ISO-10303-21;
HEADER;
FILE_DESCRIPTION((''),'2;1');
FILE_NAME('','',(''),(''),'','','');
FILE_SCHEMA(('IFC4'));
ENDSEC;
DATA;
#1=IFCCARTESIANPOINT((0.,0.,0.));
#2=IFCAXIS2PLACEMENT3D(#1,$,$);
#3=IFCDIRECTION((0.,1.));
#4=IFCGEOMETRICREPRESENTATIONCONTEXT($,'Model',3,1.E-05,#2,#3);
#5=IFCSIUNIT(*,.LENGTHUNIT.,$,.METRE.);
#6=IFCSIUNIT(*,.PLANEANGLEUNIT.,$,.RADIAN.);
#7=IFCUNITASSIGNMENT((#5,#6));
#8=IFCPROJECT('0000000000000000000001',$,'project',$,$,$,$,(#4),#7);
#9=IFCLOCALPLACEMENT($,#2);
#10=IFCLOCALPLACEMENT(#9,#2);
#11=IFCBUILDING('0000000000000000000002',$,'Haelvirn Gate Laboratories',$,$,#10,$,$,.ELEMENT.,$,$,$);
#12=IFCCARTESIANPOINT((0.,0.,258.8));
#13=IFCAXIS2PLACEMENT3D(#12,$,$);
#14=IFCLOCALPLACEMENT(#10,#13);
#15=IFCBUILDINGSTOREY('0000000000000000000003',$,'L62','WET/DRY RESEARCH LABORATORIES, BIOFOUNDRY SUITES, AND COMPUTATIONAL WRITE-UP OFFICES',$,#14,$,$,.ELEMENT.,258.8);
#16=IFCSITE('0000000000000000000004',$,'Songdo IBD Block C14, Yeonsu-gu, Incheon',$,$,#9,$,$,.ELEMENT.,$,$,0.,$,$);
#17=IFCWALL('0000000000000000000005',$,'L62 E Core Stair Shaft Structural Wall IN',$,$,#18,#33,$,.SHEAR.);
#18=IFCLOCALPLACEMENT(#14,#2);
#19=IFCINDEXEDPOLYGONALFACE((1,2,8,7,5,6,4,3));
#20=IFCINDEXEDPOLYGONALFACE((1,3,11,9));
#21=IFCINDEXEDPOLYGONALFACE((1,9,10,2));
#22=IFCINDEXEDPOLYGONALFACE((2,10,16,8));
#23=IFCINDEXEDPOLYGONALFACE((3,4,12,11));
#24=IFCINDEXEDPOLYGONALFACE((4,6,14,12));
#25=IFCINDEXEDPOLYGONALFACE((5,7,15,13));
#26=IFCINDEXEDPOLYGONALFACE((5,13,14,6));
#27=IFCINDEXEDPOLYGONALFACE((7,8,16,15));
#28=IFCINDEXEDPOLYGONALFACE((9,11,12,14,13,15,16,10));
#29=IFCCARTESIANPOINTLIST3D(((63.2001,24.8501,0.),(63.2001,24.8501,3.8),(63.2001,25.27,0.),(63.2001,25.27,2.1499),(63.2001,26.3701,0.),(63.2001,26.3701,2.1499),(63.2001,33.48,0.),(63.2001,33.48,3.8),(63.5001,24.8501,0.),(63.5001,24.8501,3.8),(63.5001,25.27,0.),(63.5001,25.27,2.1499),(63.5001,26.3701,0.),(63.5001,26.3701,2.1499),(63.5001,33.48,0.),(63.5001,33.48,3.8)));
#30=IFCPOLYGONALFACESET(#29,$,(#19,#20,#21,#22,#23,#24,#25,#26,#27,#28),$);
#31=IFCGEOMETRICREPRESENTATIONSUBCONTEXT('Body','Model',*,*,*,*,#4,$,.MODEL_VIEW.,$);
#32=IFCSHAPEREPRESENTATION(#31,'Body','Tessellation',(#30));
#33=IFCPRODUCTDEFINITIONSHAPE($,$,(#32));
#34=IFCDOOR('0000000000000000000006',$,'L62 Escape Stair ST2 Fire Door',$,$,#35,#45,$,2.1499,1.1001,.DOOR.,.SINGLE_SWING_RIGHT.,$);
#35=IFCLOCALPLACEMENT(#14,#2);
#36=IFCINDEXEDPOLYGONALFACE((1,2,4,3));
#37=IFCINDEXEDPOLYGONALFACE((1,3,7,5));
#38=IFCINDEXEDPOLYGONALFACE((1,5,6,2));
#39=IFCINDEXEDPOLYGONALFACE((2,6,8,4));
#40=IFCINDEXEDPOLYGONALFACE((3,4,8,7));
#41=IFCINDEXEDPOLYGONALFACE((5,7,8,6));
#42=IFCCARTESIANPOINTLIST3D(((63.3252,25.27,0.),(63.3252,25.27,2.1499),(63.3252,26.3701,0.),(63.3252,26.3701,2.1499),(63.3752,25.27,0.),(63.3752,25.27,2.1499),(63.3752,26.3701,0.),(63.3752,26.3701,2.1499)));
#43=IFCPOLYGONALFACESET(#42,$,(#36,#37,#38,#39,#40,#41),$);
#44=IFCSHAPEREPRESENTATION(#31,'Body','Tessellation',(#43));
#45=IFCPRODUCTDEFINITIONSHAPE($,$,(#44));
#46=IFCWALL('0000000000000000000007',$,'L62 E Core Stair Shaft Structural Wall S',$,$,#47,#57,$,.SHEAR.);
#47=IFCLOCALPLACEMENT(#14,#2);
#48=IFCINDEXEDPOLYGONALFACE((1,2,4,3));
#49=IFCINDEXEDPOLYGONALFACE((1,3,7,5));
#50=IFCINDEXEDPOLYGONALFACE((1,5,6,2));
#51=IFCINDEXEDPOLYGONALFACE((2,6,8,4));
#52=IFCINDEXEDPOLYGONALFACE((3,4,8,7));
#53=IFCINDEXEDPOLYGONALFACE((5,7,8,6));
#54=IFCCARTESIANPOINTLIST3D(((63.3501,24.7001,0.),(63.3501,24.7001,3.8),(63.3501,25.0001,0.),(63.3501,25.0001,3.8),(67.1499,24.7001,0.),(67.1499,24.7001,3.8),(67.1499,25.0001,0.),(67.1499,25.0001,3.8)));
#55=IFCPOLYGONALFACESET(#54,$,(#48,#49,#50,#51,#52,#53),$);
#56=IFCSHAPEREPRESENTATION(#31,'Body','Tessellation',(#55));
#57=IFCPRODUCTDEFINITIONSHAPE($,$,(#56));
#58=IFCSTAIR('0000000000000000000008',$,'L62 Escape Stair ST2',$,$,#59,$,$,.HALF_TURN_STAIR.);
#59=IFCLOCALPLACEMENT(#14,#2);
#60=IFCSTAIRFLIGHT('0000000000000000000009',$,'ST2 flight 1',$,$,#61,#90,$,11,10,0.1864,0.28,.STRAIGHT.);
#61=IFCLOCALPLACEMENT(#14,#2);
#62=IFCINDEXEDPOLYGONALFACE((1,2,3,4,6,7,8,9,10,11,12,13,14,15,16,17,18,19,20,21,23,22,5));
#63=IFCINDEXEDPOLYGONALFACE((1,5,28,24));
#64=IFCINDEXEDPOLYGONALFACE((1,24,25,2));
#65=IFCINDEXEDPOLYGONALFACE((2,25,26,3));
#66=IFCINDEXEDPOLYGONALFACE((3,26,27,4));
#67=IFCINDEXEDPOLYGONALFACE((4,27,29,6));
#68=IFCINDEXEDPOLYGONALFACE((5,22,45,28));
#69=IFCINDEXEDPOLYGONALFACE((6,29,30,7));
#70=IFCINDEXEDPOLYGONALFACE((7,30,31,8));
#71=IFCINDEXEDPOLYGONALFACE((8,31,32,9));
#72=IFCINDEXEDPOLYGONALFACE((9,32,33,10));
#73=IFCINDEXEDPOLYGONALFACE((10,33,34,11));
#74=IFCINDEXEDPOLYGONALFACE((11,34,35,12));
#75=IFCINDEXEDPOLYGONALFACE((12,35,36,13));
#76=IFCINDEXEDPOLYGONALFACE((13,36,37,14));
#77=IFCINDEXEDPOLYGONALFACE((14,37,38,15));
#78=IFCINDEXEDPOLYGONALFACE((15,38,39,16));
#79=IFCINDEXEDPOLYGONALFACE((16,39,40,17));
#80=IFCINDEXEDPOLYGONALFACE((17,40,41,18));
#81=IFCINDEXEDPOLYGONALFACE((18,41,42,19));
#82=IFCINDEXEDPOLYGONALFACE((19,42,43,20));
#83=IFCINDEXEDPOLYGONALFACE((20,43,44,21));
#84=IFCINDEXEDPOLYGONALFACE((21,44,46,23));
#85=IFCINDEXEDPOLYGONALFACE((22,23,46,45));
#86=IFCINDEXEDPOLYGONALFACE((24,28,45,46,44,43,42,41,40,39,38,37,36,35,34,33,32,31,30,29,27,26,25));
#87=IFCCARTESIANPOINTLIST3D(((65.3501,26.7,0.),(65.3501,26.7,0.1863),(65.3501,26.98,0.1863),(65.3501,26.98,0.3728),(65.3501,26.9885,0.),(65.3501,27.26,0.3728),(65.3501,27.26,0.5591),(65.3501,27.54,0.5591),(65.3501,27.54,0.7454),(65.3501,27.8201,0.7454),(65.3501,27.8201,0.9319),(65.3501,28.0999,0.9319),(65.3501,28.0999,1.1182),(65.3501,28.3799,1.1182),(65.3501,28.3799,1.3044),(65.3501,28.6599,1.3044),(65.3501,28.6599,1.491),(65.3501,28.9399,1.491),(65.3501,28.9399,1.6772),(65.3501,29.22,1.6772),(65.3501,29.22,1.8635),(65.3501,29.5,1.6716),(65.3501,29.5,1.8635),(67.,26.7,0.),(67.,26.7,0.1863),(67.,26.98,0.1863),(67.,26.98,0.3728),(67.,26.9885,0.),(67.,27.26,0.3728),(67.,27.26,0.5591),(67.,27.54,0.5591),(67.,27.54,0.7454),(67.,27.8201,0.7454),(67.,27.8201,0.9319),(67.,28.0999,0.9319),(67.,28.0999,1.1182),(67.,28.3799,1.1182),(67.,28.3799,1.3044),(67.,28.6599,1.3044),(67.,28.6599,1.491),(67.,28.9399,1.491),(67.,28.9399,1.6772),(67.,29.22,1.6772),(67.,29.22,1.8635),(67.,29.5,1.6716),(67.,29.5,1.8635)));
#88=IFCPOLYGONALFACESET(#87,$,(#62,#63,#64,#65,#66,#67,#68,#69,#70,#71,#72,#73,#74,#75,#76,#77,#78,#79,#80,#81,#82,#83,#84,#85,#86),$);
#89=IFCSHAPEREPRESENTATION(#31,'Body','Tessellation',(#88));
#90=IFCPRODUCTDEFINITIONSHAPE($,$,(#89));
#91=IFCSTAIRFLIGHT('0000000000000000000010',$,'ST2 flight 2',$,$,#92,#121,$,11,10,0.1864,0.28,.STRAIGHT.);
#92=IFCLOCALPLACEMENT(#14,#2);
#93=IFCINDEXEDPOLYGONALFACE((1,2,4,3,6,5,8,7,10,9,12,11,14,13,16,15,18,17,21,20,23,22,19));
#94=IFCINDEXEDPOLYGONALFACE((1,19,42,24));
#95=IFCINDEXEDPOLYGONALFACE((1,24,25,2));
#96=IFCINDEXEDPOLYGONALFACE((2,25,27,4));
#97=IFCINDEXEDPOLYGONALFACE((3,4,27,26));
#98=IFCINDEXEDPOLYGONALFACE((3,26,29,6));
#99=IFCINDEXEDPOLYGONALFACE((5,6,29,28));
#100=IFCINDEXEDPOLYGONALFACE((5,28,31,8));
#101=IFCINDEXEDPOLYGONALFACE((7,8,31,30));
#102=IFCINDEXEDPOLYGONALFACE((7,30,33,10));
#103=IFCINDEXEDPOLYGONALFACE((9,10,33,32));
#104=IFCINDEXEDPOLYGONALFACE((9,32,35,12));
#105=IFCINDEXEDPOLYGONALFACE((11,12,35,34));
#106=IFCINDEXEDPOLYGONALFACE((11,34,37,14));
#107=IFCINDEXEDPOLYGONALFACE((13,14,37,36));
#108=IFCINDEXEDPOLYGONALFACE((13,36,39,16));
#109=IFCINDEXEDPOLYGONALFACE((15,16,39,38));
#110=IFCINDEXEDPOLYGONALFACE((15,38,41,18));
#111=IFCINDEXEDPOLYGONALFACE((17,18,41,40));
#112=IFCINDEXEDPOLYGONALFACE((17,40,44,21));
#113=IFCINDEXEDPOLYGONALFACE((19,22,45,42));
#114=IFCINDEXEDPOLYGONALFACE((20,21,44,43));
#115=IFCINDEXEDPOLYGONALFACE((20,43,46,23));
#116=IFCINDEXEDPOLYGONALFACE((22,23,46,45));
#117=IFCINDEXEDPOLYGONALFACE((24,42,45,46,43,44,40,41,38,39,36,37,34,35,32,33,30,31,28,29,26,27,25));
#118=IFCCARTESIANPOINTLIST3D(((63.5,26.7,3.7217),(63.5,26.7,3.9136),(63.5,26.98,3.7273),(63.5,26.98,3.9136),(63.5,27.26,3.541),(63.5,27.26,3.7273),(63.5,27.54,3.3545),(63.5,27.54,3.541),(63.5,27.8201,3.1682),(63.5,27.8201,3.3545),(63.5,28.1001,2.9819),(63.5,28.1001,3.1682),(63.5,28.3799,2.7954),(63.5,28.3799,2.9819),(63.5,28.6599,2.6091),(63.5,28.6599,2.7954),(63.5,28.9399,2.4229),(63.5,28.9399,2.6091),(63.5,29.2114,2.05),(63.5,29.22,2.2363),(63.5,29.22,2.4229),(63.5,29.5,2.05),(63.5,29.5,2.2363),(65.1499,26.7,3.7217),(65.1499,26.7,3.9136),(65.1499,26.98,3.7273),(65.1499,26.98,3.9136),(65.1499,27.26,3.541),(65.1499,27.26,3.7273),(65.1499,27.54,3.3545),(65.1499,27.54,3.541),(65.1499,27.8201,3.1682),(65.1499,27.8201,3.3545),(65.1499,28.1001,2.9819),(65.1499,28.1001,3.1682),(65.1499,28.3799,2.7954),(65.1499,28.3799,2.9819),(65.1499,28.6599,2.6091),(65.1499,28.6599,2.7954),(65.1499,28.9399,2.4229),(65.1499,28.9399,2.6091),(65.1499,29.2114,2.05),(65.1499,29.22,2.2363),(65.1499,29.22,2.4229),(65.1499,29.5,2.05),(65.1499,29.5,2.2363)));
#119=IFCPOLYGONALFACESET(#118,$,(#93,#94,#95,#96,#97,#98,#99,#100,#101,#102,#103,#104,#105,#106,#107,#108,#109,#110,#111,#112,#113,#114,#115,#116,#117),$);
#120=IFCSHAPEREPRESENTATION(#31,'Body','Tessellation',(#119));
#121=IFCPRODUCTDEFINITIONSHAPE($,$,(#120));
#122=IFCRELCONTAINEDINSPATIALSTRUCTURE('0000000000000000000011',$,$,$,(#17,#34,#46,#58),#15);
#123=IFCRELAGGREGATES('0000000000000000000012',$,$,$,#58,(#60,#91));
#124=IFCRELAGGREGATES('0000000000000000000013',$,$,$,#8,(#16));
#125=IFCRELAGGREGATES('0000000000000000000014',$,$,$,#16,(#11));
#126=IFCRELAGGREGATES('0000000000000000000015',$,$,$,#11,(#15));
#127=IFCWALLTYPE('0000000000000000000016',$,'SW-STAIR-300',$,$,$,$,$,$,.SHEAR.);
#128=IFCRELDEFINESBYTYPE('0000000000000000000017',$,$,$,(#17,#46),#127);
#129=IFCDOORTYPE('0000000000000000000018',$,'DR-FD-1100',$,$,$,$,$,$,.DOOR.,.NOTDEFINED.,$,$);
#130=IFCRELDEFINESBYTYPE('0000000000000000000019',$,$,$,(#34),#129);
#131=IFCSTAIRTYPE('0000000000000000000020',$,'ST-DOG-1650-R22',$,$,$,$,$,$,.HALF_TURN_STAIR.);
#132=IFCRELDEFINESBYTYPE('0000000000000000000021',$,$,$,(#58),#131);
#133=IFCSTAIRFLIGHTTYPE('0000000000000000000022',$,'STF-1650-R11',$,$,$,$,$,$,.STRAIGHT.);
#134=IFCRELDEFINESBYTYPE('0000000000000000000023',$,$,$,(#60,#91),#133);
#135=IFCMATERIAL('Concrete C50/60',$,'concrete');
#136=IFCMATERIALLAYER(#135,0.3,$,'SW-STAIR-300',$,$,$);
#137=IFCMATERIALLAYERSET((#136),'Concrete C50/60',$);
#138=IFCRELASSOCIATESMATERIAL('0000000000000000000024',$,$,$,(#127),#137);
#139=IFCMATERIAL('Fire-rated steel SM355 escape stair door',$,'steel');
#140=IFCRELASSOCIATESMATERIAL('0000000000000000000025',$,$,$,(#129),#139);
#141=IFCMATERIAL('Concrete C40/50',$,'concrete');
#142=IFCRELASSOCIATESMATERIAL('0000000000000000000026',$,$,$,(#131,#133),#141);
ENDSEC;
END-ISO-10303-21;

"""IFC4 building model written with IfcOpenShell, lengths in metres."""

from ifc_helpers import new_model, si_unit, direction, frame, frame_2d, origin, place, context, subcontext, project, spatial, polyline, rectangle, outline, extrude, source, transform, mapped, material, layer, layer_set, type_object, type_shapes, element, fill, aggregate, save


model = new_model("IFC4")

# Units and contexts
model_context = context("Model", 3, precision=1e-05, world=origin(), true_north=direction((0.0, 1.0)))
body_context = subcontext(model_context, "Body", "Model", "MODEL_VIEW")
ifc_project = project(units=[si_unit("LENGTHUNIT", "METRE"), si_unit("PLANEANGLEUNIT", "RADIAN")], contexts=[model_context])

# Site, building, storey
site_placement = place(None, origin())
site = spatial("IfcSite", under=ifc_project, at=site_placement, Name="Songdo IBD Block C14, Yeonsu-gu, Incheon", CompositionType="ELEMENT", RefElevation=0.0)
building_placement = place(site_placement, origin())
building = spatial("IfcBuilding", under=site, at=building_placement, Name="Haelvirn Gate Laboratories", CompositionType="ELEMENT")
storey_placement = place(building_placement, frame((0.0, 0.0, 258.8)))
storey = spatial("IfcBuildingStorey", under=building, at=storey_placement, Name="L62", Description="WET/DRY RESEARCH LABORATORIES, BIOFOUNDRY SUITES, AND COMPUTATIONAL WRITE-UP OFFICES", CompositionType="ELEMENT", Elevation=258.8)

# Shared definitions
ifc_material_1 = material(Name="Concrete C40/50", Category="concrete")

# Shared definitions
ifc_material_2 = material(Name="Concrete C50/60", Category="concrete")

# Wall, opening, door
ifc_layer_1 = layer(ifc_material_2, 0.3, Name="SW-STAIR-300")
ifc_layer_set_1 = layer_set([ifc_layer_1], Name="Concrete C50/60")
wall_type_1 = type_object("IfcWallType", Name="SW-STAIR-300", PredefinedType="SHEAR", material=ifc_layer_set_1)
wall_1_placement = place(storey_placement, frame((63.3501, 24.8501, 0.0), z_axis=(0.0, 0.0, 1.0), x_axis=(0.0, 1.0, 0.0)))
wall_1 = element("IfcWall", 1, at=wall_1_placement, inside=storey, type_object=wall_type_1, Name="L62 E Core Stair Shaft Structural Wall IN", PredefinedType="SHEAR", context=body_context, shape_type="SweptSolid", body=[
    extrude(rectangle(XDim=8.6299, YDim=0.3, at=frame_2d((4.3149, 0.0))), origin(), (0.0, 0.0, 1.0), 3.8),
])
opening_1_placement = place(wall_1_placement, frame((0.4199, 0.0, 0.0)))
opening_1 = element("IfcOpeningElement", 2, at=opening_1_placement, cuts=wall_1, PredefinedType="OPENING", context=body_context, shape_type="SweptSolid", body=[
    extrude(rectangle(XDim=1.1001, YDim=2.1499, at=frame_2d((0.55, 1.075))), frame((0.0, 0.1602, 0.0), z_axis=(0.0, -1.0, 0.0), x_axis=(1.0, 0.0, 0.0)), (0.0, 0.0, 1.0), 0.3201),
])
ifc_material_3 = material(Name="Fire-rated steel SM355 escape stair door", Category="steel")
door_type_1 = type_object("IfcDoorType", Name="DR-FD-1100", OperationType="NOTDEFINED", PredefinedType="DOOR", material=ifc_material_3)
shared_shape_1 = source(origin(), body_context, "Body", "SweptSolid", [
    extrude(rectangle(XDim=1.1001, YDim=2.1499, at=frame_2d((0.55, 1.075))), frame((0.0, 0.0249, 0.0), z_axis=(0.0, -1.0, 0.0), x_axis=(1.0, 0.0, 0.0)), (0.0, 0.0, 1.0), 0.05),
])
type_shapes(door_type_1, [shared_shape_1])
door_1_placement = place(opening_1_placement, origin())
door_1 = element("IfcDoor", 3, at=door_1_placement, inside=storey, type_object=door_type_1, Name="L62 Escape Stair ST2 Fire Door", OperationType="SINGLE_SWING_RIGHT", OverallHeight=2.1499, OverallWidth=1.1001, PredefinedType="DOOR", context=body_context, shape_type="MappedRepresentation", body=[
    mapped(shared_shape_1, transform((0.0, 0.0, 0.0), scale=1.0)),
])
fill(opening_1, door_1)

# Wall
wall_2_placement = place(storey_placement, frame((63.3501, 24.8501, 0.0), z_axis=(0.0, 0.0, 1.0), x_axis=(1.0, 0.0, 0.0)))
element("IfcWall", 4, at=wall_2_placement, inside=storey, type_object=wall_type_1, Name="L62 E Core Stair Shaft Structural Wall S", PredefinedType="SHEAR", context=body_context, shape_type="SweptSolid", body=[
    extrude(rectangle(XDim=3.7998, YDim=0.3, at=frame_2d((1.8999, 0.0))), origin(), (0.0, 0.0, 1.0), 3.8),
])

# Stair, stair flights
stair_type = type_object("IfcStairType", Name="ST-DOG-1650-R22", PredefinedType="HALF_TURN_STAIR", material=ifc_material_1)
stair_placement = place(storey_placement, origin())
stair = element("IfcStair", 5, at=stair_placement, inside=storey, type_object=stair_type, Name="L62 Escape Stair ST2", PredefinedType="HALF_TURN_STAIR")
stair_flight_type = type_object("IfcStairFlightType", Name="STF-1650-R11", PredefinedType="STRAIGHT", material=ifc_material_1)
shared_shape_2 = source(origin(), body_context, "Body", "SweptSolid", [
    extrude(outline(polyline([(0.0, 0.0), (0.0, 0.1863), (0.28, 0.1863), (0.28, 0.3728), (0.5601, 0.3728), (0.5601, 0.5591), (0.8401, 0.5591), (0.8401, 0.7454), (1.1201, 0.7454), (1.1201, 0.9319), (1.3999, 0.9319), (1.3999, 1.1182), (1.6799, 1.1182), (1.6799, 1.3044), (1.96, 1.3044), (1.96, 1.491), (2.24, 1.491), (2.24, 1.6772), (2.52, 1.6772), (2.52, 1.8635), (2.8, 1.8635), (2.8, 2.05), (2.8, 1.6716), (0.2886, 0.0), (0.0, 0.0)])), frame((0.0, 0.825, 0.0), z_axis=(0.0, -1.0, 0.0), x_axis=(1.0, 0.0, 0.0)), (0.0, 0.0, 1.0), 1.6499),
])
type_shapes(stair_flight_type, [shared_shape_2])
stair_flight_1_placement = place(storey_placement, frame((66.175, 26.7, 0.0), z_axis=(0.0, 0.0, 1.0), x_axis=(0.0, 1.0, 0.0)))
stair_flight_1 = element("IfcStairFlight", 6, at=stair_flight_1_placement, type_object=stair_flight_type, Name="ST2 flight 1", NumberOfRisers=11, NumberOfTreads=10, PredefinedType="STRAIGHT", RiserHeight=0.1864, TreadLength=0.28, context=body_context, shape_type="MappedRepresentation", body=[
    mapped(shared_shape_2, transform((0.0, 0.0, 0.0), scale=1.0)),
])
stair_flight_2_placement = place(storey_placement, frame((64.325, 29.5, 2.05), z_axis=(0.0, 0.0, 1.0), x_axis=(0.0, -1.0, 0.0)))
stair_flight_2 = element("IfcStairFlight", 7, at=stair_flight_2_placement, type_object=stair_flight_type, Name="ST2 flight 2", NumberOfRisers=11, NumberOfTreads=10, PredefinedType="STRAIGHT", RiserHeight=0.1864, TreadLength=0.28, context=body_context, shape_type="MappedRepresentation", body=[
    mapped(shared_shape_2, transform((0.0, 0.0, 0.0), scale=1.0)),
])
aggregate(stair, [stair_flight_1, stair_flight_2])

save(model, "model.ifc")
